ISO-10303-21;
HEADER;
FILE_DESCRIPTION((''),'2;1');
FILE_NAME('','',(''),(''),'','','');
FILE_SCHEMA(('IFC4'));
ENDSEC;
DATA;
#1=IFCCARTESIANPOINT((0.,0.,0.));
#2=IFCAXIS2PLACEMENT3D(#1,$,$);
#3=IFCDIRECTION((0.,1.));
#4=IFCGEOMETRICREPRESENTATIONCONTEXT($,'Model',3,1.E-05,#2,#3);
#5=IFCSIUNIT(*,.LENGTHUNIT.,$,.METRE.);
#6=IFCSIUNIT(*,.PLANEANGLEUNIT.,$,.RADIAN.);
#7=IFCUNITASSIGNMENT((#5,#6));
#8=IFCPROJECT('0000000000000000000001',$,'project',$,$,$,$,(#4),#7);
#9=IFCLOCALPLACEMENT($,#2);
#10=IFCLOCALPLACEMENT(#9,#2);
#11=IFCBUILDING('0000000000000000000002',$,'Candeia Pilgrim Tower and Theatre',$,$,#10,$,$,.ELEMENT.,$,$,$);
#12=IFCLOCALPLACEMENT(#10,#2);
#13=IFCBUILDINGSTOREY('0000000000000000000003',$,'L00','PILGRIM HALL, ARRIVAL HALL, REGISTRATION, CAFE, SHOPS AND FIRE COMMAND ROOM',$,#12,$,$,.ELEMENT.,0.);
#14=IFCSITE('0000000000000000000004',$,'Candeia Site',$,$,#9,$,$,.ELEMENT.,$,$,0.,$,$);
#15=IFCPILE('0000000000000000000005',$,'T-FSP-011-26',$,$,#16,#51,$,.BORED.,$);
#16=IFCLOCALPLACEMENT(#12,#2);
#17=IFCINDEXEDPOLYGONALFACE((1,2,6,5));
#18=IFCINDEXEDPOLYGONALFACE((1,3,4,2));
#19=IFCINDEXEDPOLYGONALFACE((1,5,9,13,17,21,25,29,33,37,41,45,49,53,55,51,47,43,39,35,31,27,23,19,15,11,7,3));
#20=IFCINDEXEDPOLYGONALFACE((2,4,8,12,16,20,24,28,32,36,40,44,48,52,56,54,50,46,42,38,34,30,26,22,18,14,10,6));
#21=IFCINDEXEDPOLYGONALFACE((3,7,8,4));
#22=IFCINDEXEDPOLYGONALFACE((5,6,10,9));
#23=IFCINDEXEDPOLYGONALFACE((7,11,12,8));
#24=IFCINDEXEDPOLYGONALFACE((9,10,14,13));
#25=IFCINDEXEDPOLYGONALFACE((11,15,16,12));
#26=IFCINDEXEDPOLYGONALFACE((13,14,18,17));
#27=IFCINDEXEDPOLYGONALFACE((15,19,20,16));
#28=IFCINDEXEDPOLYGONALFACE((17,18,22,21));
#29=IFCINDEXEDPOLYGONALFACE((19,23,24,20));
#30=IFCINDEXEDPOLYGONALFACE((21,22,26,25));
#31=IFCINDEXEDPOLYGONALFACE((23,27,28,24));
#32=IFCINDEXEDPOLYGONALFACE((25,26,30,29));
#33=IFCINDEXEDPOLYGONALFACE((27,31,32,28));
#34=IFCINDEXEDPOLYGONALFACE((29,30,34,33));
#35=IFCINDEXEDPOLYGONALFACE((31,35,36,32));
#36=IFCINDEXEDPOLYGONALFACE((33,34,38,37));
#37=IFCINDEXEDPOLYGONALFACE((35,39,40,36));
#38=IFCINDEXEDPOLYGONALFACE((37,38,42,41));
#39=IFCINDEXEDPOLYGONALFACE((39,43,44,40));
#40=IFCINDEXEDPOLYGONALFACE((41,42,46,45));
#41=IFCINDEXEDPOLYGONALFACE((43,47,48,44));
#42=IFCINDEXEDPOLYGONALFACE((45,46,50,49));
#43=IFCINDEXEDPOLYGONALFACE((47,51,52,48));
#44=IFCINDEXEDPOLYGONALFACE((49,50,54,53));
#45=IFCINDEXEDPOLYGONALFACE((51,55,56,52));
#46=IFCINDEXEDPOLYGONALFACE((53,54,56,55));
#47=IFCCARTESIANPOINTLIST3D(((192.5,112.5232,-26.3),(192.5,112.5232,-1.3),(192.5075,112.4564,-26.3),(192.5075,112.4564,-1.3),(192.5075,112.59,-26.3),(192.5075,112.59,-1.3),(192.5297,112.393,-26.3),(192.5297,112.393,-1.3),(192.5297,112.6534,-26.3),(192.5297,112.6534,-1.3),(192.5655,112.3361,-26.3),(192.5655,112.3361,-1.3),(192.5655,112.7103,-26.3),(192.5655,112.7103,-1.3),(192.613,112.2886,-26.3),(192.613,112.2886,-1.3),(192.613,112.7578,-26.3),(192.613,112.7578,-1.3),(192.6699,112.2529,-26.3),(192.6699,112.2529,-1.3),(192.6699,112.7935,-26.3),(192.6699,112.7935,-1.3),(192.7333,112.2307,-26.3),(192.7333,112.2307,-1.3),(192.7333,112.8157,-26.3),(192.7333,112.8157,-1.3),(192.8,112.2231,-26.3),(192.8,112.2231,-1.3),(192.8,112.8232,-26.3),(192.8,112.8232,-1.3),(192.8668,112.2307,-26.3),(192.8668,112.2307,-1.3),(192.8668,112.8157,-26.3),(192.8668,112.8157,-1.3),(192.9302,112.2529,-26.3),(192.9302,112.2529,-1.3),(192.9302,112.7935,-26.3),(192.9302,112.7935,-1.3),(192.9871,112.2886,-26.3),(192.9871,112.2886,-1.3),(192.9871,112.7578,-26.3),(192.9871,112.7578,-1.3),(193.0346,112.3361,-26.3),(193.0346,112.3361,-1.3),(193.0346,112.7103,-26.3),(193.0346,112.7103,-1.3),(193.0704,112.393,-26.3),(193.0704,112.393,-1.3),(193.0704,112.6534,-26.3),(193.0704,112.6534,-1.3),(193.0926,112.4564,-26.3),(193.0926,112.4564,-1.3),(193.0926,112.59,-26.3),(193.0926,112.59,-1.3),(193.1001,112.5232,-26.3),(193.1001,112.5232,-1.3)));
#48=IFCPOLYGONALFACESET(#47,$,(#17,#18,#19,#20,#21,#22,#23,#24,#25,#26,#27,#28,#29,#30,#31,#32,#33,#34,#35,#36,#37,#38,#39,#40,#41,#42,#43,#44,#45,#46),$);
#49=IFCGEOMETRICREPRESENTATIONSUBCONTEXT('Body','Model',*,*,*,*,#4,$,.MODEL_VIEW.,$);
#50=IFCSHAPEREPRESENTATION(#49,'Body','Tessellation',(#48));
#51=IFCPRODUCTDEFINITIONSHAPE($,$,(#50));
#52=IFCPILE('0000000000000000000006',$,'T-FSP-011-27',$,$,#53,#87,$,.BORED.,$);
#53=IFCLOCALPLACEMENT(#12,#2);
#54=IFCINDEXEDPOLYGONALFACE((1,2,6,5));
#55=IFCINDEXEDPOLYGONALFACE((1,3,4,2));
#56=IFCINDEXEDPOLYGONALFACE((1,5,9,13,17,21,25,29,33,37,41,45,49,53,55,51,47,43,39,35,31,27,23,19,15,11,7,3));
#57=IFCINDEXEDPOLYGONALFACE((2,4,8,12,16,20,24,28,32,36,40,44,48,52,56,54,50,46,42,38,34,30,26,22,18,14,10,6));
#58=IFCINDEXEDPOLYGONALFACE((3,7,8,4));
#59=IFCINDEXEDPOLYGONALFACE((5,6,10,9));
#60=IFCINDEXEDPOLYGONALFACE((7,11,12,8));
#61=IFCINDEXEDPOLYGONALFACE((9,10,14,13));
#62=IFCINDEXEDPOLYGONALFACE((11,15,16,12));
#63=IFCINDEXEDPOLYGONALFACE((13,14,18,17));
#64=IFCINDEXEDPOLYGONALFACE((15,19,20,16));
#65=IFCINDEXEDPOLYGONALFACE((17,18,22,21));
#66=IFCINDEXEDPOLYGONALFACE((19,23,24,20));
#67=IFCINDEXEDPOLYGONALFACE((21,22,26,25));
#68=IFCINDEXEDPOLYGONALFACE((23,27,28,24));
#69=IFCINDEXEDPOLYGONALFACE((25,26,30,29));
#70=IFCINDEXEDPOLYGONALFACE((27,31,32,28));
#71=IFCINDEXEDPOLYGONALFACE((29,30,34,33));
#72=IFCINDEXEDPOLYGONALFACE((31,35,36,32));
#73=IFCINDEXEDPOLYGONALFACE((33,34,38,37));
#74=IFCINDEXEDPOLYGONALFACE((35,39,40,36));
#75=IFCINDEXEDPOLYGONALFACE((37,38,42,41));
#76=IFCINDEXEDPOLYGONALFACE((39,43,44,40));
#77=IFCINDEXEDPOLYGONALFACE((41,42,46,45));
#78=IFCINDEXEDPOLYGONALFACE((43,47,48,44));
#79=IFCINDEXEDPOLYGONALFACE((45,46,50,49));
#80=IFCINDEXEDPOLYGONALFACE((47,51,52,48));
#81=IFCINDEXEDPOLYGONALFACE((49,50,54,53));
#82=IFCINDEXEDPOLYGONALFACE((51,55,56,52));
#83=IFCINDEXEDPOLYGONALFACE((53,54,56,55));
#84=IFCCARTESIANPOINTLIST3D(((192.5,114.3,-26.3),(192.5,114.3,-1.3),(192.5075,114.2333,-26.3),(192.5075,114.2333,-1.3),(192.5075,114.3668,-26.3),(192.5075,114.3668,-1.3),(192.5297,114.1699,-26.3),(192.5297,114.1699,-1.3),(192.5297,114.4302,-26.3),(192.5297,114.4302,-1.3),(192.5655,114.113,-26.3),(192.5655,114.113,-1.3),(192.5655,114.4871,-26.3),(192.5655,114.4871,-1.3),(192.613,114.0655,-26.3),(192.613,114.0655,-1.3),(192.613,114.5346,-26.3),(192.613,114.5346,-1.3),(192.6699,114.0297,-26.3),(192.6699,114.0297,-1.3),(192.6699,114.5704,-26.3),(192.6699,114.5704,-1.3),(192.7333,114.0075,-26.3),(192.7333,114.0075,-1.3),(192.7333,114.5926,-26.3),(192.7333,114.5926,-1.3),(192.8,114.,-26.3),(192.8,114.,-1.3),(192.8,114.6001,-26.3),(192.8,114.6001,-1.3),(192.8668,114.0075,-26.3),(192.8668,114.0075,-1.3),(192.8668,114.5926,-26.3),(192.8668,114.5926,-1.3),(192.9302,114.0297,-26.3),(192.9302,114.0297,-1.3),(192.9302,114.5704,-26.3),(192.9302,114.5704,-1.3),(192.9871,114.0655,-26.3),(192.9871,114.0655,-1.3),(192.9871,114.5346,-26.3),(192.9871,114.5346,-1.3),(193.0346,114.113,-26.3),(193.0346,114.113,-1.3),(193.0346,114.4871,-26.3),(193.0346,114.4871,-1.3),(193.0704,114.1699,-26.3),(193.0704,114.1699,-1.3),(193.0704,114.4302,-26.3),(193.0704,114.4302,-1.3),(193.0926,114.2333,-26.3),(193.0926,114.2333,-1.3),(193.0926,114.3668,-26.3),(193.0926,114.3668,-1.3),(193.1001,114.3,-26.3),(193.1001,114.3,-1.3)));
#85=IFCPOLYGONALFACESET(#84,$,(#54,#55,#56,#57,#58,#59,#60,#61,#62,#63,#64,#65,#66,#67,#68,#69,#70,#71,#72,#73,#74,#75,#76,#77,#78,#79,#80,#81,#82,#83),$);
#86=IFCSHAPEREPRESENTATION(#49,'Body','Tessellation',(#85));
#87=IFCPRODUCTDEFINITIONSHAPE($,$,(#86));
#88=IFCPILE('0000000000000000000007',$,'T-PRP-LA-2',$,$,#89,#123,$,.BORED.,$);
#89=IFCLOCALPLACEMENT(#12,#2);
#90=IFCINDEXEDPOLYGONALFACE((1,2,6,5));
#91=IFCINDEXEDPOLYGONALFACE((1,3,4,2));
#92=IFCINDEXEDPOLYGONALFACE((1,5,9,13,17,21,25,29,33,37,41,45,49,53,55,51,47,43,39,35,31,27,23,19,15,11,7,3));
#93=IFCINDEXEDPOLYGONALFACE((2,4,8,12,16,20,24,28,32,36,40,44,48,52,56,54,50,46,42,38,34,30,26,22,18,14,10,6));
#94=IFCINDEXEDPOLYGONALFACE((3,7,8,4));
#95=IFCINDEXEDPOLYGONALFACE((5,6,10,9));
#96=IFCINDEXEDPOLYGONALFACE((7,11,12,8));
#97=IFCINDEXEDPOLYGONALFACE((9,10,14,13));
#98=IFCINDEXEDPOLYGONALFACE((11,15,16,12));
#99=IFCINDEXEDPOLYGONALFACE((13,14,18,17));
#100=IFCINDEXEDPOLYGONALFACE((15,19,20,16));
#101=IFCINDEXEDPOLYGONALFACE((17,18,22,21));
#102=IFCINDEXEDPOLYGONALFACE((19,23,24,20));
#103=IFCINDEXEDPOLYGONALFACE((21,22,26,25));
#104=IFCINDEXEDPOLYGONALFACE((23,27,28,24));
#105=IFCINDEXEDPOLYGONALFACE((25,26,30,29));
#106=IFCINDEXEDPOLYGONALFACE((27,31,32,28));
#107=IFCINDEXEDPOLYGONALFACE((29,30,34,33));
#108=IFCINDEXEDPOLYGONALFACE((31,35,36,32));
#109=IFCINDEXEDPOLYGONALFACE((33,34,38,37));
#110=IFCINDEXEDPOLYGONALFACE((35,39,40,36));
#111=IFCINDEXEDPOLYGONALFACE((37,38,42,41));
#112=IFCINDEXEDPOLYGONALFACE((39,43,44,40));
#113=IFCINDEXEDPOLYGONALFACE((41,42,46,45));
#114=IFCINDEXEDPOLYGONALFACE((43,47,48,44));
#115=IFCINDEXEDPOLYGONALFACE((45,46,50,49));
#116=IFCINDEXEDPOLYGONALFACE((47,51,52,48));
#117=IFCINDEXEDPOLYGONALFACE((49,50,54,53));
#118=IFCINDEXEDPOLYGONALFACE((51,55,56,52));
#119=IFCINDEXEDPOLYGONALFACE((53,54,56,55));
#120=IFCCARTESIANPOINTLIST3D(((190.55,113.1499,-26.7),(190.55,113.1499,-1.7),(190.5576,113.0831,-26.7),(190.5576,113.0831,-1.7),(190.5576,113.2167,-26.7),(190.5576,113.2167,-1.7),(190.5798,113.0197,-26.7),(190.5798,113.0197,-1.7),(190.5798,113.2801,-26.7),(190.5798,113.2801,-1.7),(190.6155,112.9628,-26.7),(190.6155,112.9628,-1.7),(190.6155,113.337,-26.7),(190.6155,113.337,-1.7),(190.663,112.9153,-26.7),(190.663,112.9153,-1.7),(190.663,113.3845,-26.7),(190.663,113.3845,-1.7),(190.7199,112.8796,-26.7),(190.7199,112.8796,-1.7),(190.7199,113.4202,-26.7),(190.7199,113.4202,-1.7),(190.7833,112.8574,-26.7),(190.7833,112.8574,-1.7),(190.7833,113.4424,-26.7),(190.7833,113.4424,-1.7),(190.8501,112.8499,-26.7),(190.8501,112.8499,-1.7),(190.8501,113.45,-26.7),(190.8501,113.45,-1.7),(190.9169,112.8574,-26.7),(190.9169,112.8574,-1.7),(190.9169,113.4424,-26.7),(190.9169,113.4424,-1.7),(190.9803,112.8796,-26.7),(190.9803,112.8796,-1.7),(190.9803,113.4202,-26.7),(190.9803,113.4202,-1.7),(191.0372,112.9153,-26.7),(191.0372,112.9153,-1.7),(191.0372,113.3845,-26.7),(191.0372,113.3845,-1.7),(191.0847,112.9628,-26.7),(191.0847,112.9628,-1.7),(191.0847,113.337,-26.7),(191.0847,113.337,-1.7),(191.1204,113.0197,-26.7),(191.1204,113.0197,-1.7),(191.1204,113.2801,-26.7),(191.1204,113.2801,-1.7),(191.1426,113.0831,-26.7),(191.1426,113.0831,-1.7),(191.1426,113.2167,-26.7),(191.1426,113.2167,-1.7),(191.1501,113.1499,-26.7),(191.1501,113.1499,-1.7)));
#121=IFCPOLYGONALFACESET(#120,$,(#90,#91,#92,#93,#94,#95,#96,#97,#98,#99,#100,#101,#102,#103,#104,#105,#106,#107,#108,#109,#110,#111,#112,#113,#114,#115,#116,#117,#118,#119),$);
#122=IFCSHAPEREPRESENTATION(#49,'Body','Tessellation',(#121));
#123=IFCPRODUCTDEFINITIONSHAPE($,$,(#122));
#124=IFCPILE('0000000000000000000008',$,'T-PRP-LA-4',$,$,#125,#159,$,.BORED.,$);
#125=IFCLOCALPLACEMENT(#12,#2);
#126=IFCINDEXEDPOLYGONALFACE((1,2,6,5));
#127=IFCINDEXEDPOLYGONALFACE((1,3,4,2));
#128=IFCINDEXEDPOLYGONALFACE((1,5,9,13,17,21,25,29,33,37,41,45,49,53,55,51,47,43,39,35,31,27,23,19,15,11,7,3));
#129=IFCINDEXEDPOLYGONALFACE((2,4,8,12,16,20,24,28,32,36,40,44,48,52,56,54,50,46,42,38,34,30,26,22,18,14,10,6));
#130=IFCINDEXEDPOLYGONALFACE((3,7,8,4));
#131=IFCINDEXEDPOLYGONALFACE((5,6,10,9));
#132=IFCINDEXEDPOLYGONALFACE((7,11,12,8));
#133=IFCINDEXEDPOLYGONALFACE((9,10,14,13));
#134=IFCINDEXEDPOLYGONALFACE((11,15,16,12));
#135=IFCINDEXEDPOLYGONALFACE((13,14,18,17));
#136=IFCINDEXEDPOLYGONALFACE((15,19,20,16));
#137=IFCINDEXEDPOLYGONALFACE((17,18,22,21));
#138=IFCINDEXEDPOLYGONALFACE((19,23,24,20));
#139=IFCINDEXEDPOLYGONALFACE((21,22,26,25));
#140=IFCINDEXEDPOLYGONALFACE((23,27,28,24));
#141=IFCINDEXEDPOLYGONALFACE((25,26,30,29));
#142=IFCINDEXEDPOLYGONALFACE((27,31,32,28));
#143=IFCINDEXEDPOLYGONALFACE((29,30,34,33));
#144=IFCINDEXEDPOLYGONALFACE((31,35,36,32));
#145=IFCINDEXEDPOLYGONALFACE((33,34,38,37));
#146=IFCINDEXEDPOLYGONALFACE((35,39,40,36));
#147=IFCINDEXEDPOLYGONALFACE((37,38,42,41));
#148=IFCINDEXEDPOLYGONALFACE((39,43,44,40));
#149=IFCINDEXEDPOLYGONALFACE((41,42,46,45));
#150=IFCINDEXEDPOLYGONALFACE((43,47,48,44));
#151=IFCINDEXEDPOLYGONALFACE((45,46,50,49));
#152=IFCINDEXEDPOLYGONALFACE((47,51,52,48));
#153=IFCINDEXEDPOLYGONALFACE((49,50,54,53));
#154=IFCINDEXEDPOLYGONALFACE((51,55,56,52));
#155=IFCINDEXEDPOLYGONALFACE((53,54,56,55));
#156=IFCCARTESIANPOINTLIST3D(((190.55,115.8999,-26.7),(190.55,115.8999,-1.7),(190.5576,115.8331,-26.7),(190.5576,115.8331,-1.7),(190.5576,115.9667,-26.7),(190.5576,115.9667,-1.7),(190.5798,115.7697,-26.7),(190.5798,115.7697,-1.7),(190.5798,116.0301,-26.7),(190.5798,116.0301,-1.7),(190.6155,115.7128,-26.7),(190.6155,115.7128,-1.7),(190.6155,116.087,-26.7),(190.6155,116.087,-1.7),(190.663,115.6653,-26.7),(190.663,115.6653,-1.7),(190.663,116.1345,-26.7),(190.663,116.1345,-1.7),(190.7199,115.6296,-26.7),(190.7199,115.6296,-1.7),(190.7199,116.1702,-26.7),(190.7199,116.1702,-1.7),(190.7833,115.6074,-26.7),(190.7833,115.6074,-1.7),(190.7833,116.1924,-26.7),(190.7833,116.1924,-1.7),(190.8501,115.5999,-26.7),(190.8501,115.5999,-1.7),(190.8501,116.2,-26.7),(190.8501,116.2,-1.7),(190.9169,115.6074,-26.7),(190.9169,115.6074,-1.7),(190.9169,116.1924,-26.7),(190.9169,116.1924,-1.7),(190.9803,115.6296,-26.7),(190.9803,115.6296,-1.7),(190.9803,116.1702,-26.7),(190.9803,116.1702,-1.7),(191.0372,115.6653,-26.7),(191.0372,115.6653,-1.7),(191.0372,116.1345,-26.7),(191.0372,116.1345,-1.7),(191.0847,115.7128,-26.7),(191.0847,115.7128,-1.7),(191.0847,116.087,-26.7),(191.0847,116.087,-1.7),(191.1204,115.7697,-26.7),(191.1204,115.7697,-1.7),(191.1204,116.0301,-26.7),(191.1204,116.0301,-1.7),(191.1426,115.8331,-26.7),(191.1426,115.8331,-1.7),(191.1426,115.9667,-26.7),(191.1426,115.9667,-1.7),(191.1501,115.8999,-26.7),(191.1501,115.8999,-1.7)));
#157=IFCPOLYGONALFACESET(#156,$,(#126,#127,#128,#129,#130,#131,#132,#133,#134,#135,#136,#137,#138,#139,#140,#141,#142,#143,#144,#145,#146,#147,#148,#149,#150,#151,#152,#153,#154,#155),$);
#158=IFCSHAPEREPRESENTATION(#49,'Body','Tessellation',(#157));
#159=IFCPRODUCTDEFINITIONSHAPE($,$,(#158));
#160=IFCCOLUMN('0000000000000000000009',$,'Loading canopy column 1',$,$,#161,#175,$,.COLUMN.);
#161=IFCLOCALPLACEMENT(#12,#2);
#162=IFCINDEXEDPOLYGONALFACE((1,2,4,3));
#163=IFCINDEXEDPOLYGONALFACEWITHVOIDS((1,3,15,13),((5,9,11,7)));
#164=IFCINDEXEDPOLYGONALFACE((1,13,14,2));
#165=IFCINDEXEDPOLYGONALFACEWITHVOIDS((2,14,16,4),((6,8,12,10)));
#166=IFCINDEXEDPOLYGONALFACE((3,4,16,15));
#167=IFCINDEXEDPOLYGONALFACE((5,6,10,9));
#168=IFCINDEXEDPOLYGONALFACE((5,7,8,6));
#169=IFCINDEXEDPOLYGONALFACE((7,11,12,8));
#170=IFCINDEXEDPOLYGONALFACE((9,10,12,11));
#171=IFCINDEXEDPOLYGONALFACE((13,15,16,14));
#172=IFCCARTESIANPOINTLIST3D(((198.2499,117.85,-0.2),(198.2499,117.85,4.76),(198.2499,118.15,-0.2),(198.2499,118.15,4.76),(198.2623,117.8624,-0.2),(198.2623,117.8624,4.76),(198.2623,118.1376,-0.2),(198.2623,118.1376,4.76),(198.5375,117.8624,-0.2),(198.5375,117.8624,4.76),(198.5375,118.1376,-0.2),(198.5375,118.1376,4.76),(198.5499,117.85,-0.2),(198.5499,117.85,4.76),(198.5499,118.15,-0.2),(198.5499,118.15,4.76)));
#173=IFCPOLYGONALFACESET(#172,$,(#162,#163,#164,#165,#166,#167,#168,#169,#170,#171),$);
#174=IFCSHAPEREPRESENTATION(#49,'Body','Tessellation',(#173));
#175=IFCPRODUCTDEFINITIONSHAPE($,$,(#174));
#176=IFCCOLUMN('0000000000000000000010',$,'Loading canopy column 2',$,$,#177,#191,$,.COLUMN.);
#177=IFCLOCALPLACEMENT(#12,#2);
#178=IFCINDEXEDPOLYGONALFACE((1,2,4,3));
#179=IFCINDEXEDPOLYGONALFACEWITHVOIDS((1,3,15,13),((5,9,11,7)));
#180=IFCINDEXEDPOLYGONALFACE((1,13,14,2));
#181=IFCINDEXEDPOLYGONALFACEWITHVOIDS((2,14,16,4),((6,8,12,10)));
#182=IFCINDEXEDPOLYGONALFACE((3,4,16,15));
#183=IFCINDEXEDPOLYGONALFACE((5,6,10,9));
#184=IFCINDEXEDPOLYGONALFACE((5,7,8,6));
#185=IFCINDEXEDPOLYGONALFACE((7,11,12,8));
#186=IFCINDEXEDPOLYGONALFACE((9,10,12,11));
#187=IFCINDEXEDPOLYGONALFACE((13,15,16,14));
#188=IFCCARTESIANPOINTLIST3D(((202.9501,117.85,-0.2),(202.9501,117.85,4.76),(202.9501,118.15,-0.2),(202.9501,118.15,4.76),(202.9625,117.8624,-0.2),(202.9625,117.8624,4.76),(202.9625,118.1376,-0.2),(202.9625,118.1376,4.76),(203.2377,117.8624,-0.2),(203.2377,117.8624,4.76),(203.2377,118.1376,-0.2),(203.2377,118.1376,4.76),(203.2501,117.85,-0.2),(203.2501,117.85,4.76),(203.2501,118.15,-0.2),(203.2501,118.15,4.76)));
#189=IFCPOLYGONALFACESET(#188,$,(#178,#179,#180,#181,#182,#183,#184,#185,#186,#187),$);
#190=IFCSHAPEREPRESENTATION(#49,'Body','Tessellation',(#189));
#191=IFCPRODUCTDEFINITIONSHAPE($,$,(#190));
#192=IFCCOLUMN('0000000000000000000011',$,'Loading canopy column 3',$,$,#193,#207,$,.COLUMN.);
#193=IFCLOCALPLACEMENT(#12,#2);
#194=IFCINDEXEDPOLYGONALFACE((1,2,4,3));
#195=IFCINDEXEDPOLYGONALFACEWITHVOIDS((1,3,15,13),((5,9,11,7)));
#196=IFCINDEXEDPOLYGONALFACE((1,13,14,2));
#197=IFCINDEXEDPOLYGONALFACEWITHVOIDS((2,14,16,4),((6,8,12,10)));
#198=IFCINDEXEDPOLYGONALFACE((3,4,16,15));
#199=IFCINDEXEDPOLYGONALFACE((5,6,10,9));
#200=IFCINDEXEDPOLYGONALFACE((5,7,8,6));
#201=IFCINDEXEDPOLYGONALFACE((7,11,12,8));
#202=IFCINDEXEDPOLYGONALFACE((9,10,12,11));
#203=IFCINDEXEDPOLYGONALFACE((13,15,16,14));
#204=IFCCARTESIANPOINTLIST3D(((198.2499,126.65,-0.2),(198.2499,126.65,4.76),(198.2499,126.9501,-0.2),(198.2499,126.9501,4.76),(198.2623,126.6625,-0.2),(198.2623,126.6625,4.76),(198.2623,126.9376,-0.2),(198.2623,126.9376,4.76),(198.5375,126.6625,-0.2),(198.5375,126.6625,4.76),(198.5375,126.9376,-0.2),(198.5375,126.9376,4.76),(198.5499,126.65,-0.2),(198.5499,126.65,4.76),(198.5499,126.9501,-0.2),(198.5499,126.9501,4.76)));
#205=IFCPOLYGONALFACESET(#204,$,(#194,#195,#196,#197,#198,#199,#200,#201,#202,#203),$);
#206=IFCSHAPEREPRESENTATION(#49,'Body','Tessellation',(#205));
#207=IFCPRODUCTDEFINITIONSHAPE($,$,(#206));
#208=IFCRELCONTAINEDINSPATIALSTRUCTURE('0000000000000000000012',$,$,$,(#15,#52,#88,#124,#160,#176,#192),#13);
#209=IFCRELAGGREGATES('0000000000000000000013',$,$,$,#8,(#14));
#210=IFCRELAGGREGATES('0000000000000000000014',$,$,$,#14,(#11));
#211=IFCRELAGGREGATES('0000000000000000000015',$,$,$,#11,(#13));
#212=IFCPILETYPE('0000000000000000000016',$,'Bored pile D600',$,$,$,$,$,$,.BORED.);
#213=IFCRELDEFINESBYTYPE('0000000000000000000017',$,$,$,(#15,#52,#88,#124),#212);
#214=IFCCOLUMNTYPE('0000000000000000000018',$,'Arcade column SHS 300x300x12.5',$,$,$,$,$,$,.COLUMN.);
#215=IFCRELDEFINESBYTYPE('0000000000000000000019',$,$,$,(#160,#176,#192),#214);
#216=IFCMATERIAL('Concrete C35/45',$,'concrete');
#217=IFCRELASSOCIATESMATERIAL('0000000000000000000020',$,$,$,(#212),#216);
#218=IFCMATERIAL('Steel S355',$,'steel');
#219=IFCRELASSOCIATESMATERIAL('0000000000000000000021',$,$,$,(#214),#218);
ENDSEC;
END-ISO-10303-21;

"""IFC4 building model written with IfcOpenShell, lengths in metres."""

from ifc_helpers import new_model, si_unit, direction, frame, origin, origin_2d, place, context, subcontext, project, spatial, hollow_rectangle, circle, extrude, material, material_profile, profile_set, type_object, element, save


model = new_model("IFC4")

# Units and contexts
model_context = context("Model", 3, precision=1e-05, world=origin(), true_north=direction((0.0, 1.0)))
body_context = subcontext(model_context, "Body", "Model", "MODEL_VIEW")
ifc_project = project(units=[si_unit("LENGTHUNIT", "METRE"), si_unit("PLANEANGLEUNIT", "RADIAN")], contexts=[model_context])

# Site, building, storey
site_placement = place(None, origin())
site = spatial("IfcSite", under=ifc_project, at=site_placement, Name="Candeia Site", CompositionType="ELEMENT", RefElevation=0.0)
building_placement = place(site_placement, origin())
building = spatial("IfcBuilding", under=site, at=building_placement, Name="Candeia Pilgrim Tower and Theatre", CompositionType="ELEMENT")
storey_placement = place(building_placement, origin())
storey = spatial("IfcBuildingStorey", under=building, at=storey_placement, Name="L00", Description="PILGRIM HALL, ARRIVAL HALL, REGISTRATION, CAFE, SHOPS AND FIRE COMMAND ROOM", CompositionType="ELEMENT", Elevation=0.0)

# Piles
ifc_material_1 = material(Name="Concrete C35/45", Category="concrete")
pile_type = type_object("IfcPileType", Name="Bored pile D600", PredefinedType="BORED", material=ifc_material_1)
for number, where, z_axis, x_axis, name in (
    (1, (192.8, 112.5232, -1.3), (0.0, 0.0, -1.0), (1.0, 0.0, 0.0), "T-FSP-011-26"),
    (2, (192.8, 114.3, -1.3), (0.0, 0.0, -1.0), (1.0, 0.0, 0.0), "T-FSP-011-27"),
    (3, (190.8501, 113.1499, -1.7), (0.0, 0.0, -1.0), (1.0, 0.0, 0.0), "T-PRP-LA-2"),
    (4, (190.8501, 115.8999, -1.7), (0.0, 0.0, -1.0), (1.0, 0.0, 0.0), "T-PRP-LA-4"),
):
    element("IfcPile", number, at=place(storey_placement, frame(where, z_axis=z_axis, x_axis=x_axis)), inside=storey, type_object=pile_type, Name=name, PredefinedType="BORED", context=body_context, shape_type="SweptSolid", body=[
        extrude(circle(Radius=0.3, at=origin_2d()), origin(), (0.0, 0.0, 1.0), 25.0),
    ])

# Columns
ifc_material_2 = material(Name="Steel S355", Category="steel")
ifc_material_profile_1 = material_profile(ifc_material_2, hollow_rectangle(XDim=0.3, YDim=0.3, WallThickness=0.0125, at=origin_2d()))
ifc_profile_set_1 = profile_set([ifc_material_profile_1], Name="Steel S355")
column_type = type_object("IfcColumnType", Name="Arcade column SHS 300x300x12.5", PredefinedType="COLUMN", material=ifc_profile_set_1)
for number, where, z_axis, x_axis, name in (
    (5, (198.3999, 118.0, -0.2), (0.0, 0.0, 1.0), (1.0, 0.0, 0.0), "Loading canopy column 1"),
    (6, (203.1001, 118.0, -0.2), (0.0, 0.0, 1.0), (1.0, 0.0, 0.0), "Loading canopy column 2"),
    (7, (198.3999, 126.8, -0.2), (0.0, 0.0, 1.0), (1.0, 0.0, 0.0), "Loading canopy column 3"),
):
    element("IfcColumn", number, at=place(storey_placement, frame(where, z_axis=z_axis, x_axis=x_axis)), inside=storey, type_object=column_type, Name=name, PredefinedType="COLUMN", context=body_context, shape_type="SweptSolid", body=[
        extrude(hollow_rectangle(XDim=0.3, YDim=0.3, WallThickness=0.0125, at=origin_2d()), origin(), (0.0, 0.0, 1.0), 4.96),
    ])

save(model, "model.ifc")
